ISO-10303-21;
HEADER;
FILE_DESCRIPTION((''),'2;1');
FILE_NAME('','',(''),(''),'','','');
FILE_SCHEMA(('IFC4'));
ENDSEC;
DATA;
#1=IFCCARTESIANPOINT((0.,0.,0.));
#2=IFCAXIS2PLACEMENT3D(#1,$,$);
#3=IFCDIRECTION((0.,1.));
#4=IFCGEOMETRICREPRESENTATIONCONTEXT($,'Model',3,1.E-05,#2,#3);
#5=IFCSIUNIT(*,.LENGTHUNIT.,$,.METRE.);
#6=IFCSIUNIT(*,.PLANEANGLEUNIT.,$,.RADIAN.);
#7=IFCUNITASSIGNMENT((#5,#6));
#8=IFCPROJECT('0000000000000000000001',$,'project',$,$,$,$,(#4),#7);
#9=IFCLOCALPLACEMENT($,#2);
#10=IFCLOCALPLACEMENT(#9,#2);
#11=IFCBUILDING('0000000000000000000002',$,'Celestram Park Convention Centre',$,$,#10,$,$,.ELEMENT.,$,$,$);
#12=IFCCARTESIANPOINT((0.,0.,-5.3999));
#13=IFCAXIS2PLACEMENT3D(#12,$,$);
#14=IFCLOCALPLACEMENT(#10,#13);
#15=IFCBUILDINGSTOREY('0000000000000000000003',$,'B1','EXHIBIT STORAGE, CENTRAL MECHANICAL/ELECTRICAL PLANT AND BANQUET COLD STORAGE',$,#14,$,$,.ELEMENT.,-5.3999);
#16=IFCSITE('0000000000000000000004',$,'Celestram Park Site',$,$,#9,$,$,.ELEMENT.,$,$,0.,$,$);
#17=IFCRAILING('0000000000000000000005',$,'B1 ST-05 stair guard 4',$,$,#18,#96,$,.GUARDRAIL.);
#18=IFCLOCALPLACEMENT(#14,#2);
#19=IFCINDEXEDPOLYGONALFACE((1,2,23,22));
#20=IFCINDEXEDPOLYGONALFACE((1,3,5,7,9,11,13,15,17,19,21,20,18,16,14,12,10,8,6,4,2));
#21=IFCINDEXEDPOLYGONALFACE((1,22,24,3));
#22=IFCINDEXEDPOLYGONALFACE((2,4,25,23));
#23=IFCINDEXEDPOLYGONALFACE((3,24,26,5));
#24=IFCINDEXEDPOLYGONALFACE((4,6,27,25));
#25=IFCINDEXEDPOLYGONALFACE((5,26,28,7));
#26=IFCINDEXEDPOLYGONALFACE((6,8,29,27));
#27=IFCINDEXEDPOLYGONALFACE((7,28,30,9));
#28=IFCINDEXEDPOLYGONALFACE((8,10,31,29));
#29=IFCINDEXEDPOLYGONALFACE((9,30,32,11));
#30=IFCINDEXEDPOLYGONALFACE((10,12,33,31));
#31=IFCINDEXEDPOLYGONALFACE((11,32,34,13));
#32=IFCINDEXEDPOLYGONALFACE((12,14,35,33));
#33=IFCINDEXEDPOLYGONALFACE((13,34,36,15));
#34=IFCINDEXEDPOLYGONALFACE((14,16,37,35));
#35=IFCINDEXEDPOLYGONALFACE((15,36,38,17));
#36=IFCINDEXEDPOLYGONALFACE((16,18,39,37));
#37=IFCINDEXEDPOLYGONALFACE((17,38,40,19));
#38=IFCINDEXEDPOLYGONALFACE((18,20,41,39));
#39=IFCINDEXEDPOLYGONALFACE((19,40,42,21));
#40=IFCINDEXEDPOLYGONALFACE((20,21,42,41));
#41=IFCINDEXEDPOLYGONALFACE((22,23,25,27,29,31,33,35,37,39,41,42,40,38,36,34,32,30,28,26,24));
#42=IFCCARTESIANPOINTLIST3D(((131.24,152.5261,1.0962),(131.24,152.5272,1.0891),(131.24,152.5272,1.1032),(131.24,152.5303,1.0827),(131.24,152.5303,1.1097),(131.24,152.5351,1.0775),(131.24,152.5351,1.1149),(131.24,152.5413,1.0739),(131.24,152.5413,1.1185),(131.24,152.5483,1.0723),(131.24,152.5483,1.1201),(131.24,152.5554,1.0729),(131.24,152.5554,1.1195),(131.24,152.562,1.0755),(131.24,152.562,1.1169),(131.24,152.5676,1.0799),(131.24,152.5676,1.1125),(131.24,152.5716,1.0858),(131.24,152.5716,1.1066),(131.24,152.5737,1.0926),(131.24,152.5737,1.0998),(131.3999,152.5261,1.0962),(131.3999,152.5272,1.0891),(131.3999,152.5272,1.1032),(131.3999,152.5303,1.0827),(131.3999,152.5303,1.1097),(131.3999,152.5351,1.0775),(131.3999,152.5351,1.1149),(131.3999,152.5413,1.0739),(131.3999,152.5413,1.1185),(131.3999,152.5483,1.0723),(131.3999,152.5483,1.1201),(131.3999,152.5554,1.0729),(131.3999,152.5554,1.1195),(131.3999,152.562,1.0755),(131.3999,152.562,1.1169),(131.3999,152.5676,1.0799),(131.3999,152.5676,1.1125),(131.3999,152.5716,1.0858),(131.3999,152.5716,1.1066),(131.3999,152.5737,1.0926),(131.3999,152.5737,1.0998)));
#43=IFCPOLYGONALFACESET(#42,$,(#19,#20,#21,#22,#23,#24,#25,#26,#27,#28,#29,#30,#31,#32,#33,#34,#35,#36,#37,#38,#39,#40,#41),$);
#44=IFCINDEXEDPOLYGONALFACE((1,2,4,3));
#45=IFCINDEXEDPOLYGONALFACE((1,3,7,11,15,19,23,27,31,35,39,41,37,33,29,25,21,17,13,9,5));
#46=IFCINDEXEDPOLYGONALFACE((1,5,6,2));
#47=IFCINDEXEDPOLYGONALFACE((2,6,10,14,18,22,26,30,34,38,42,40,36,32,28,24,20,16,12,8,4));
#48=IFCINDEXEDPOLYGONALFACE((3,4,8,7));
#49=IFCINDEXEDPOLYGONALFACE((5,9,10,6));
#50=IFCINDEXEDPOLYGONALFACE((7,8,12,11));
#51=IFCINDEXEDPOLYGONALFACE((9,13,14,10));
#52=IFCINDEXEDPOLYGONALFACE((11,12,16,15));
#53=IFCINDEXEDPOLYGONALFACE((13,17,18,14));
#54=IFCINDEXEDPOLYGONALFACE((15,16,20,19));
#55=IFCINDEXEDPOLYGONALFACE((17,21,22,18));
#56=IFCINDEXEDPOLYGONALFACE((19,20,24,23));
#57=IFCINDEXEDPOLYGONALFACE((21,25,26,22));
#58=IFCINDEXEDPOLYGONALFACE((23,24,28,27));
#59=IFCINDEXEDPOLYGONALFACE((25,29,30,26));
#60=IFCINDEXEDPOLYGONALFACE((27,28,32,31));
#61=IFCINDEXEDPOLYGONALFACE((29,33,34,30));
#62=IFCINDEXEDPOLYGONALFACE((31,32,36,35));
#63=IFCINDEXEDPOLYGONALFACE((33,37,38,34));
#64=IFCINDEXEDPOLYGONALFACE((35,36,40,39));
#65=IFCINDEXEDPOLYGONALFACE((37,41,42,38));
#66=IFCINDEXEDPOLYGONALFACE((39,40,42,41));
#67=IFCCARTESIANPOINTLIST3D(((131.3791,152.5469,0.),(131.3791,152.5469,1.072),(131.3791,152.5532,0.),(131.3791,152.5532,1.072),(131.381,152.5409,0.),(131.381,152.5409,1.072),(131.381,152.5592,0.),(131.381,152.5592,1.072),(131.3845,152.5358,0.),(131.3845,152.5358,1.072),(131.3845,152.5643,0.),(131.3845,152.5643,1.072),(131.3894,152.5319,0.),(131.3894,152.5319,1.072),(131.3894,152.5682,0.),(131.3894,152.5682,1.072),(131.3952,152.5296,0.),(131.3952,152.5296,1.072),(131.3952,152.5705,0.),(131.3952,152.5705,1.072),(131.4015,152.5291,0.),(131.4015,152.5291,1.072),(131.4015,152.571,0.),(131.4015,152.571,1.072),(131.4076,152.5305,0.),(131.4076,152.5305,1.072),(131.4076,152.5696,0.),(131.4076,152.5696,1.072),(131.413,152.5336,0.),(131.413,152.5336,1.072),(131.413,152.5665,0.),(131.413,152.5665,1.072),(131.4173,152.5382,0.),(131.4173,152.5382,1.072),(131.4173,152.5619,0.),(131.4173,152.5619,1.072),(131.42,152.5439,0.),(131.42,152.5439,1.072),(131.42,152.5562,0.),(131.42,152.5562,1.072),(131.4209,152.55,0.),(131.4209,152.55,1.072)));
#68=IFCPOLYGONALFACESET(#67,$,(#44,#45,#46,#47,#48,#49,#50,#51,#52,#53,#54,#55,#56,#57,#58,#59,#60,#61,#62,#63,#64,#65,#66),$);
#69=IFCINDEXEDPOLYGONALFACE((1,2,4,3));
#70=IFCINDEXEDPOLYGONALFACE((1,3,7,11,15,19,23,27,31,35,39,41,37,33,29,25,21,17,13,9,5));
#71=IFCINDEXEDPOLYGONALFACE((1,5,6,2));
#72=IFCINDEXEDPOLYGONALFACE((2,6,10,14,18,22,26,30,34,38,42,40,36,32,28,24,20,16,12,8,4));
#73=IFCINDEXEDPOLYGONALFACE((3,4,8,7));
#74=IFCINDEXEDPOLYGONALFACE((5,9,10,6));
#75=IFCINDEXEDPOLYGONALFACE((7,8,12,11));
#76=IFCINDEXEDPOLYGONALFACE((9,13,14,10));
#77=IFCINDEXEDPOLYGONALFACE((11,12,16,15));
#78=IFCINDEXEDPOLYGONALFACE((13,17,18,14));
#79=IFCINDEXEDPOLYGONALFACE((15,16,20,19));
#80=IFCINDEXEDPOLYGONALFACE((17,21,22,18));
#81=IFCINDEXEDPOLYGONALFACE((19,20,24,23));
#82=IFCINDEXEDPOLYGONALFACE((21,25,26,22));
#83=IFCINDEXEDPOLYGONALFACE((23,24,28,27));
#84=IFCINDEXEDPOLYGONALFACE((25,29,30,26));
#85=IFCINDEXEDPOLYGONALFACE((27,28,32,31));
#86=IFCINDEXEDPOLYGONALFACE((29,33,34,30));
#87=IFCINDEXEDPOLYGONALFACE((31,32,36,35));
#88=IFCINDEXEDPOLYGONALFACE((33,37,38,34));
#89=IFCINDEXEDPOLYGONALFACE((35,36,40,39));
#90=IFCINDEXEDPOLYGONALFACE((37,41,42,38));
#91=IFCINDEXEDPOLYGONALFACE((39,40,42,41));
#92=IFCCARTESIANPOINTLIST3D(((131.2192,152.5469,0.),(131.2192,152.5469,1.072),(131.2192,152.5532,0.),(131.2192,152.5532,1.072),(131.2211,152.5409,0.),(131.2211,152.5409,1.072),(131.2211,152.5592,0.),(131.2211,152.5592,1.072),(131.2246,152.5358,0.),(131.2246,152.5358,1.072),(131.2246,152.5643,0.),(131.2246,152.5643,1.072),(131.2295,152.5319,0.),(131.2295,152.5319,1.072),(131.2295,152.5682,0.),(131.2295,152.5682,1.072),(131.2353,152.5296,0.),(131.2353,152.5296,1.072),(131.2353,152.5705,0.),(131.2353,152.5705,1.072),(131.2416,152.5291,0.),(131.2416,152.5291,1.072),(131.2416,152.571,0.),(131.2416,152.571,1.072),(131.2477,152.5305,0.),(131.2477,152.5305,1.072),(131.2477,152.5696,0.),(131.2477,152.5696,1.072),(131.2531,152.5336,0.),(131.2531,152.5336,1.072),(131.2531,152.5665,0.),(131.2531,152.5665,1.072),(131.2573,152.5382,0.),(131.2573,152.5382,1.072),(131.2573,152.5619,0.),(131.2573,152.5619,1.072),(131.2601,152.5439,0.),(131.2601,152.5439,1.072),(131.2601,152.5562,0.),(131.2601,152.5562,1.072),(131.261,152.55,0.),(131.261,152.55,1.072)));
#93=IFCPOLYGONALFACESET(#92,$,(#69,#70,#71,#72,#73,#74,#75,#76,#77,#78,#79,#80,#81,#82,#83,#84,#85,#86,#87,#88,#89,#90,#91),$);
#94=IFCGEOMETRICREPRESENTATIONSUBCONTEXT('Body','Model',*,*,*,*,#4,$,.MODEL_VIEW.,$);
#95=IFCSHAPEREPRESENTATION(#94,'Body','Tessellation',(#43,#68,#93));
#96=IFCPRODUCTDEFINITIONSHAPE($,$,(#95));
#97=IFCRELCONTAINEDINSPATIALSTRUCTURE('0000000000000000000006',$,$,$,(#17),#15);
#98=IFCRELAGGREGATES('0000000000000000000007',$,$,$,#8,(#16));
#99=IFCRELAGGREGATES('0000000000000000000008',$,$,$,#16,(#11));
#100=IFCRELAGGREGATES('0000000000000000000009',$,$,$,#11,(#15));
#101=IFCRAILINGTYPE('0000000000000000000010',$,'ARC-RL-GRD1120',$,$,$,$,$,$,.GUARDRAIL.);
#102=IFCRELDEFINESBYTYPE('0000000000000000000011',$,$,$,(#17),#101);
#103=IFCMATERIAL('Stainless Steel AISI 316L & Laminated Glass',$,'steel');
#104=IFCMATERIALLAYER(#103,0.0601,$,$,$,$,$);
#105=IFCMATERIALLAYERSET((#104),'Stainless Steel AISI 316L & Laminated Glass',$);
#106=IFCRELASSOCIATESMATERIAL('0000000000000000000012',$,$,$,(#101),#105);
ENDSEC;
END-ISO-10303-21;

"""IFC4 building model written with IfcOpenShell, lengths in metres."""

from ifc_helpers import new_model, si_unit, direction, frame, origin, origin_2d, place, context, subcontext, project, spatial, circle, extrude, material, layer, layer_set, type_object, element, save


model = new_model("IFC4")

# Units and contexts
model_context = context("Model", 3, precision=1e-05, world=origin(), true_north=direction((0.0, 1.0)))
body_context = subcontext(model_context, "Body", "Model", "MODEL_VIEW")
ifc_project = project(units=[si_unit("LENGTHUNIT", "METRE"), si_unit("PLANEANGLEUNIT", "RADIAN")], contexts=[model_context])

# Site, building, storey
site_placement = place(None, origin())
site = spatial("IfcSite", under=ifc_project, at=site_placement, Name="Celestram Park Site", CompositionType="ELEMENT", RefElevation=0.0)
building_placement = place(site_placement, origin())
building = spatial("IfcBuilding", under=site, at=building_placement, Name="Celestram Park Convention Centre", CompositionType="ELEMENT")
storey_placement = place(building_placement, frame((0.0, 0.0, -5.3999)))
storey = spatial("IfcBuildingStorey", under=building, at=storey_placement, Name="B1", Description="EXHIBIT STORAGE, CENTRAL MECHANICAL/ELECTRICAL PLANT AND BANQUET COLD STORAGE", CompositionType="ELEMENT", Elevation=-5.3999)

# Railing
ifc_material_1 = material(Name="Stainless Steel AISI 316L & Laminated Glass", Category="steel")
ifc_layer_1 = layer(ifc_material_1, 0.0601)
ifc_layer_set_1 = layer_set([ifc_layer_1], Name="Stainless Steel AISI 316L & Laminated Glass")
railing_type_1 = type_object("IfcRailingType", Name="ARC-RL-GRD1120", PredefinedType="GUARDRAIL", material=ifc_layer_set_1)
railing_1_placement = place(storey_placement, frame((131.3999, 152.55, 0.0)))
element("IfcRailing", 1, at=railing_1_placement, inside=storey, type_object=railing_type_1, Name="B1 ST-05 stair guard 4", PredefinedType="GUARDRAIL", context=body_context, shape_type="SweptSolid", body=[
    extrude(circle(Radius=0.0239, at=origin_2d()), frame((0.0, 0.0, 1.0962), z_axis=(-1.0, 0.0, 0.0), x_axis=(0.0, -1.0, 0.0)), (0.0, 0.0, 1.0), 0.1599),
    extrude(circle(Radius=0.021, at=origin_2d()), origin(), (0.0, 0.0, 1.0), 1.072),
    extrude(circle(Radius=0.021, at=origin_2d()), frame((-0.1599, 0.0, 0.0)), (0.0, 0.0, 1.0), 1.072),
])

save(model, "model.ifc")
